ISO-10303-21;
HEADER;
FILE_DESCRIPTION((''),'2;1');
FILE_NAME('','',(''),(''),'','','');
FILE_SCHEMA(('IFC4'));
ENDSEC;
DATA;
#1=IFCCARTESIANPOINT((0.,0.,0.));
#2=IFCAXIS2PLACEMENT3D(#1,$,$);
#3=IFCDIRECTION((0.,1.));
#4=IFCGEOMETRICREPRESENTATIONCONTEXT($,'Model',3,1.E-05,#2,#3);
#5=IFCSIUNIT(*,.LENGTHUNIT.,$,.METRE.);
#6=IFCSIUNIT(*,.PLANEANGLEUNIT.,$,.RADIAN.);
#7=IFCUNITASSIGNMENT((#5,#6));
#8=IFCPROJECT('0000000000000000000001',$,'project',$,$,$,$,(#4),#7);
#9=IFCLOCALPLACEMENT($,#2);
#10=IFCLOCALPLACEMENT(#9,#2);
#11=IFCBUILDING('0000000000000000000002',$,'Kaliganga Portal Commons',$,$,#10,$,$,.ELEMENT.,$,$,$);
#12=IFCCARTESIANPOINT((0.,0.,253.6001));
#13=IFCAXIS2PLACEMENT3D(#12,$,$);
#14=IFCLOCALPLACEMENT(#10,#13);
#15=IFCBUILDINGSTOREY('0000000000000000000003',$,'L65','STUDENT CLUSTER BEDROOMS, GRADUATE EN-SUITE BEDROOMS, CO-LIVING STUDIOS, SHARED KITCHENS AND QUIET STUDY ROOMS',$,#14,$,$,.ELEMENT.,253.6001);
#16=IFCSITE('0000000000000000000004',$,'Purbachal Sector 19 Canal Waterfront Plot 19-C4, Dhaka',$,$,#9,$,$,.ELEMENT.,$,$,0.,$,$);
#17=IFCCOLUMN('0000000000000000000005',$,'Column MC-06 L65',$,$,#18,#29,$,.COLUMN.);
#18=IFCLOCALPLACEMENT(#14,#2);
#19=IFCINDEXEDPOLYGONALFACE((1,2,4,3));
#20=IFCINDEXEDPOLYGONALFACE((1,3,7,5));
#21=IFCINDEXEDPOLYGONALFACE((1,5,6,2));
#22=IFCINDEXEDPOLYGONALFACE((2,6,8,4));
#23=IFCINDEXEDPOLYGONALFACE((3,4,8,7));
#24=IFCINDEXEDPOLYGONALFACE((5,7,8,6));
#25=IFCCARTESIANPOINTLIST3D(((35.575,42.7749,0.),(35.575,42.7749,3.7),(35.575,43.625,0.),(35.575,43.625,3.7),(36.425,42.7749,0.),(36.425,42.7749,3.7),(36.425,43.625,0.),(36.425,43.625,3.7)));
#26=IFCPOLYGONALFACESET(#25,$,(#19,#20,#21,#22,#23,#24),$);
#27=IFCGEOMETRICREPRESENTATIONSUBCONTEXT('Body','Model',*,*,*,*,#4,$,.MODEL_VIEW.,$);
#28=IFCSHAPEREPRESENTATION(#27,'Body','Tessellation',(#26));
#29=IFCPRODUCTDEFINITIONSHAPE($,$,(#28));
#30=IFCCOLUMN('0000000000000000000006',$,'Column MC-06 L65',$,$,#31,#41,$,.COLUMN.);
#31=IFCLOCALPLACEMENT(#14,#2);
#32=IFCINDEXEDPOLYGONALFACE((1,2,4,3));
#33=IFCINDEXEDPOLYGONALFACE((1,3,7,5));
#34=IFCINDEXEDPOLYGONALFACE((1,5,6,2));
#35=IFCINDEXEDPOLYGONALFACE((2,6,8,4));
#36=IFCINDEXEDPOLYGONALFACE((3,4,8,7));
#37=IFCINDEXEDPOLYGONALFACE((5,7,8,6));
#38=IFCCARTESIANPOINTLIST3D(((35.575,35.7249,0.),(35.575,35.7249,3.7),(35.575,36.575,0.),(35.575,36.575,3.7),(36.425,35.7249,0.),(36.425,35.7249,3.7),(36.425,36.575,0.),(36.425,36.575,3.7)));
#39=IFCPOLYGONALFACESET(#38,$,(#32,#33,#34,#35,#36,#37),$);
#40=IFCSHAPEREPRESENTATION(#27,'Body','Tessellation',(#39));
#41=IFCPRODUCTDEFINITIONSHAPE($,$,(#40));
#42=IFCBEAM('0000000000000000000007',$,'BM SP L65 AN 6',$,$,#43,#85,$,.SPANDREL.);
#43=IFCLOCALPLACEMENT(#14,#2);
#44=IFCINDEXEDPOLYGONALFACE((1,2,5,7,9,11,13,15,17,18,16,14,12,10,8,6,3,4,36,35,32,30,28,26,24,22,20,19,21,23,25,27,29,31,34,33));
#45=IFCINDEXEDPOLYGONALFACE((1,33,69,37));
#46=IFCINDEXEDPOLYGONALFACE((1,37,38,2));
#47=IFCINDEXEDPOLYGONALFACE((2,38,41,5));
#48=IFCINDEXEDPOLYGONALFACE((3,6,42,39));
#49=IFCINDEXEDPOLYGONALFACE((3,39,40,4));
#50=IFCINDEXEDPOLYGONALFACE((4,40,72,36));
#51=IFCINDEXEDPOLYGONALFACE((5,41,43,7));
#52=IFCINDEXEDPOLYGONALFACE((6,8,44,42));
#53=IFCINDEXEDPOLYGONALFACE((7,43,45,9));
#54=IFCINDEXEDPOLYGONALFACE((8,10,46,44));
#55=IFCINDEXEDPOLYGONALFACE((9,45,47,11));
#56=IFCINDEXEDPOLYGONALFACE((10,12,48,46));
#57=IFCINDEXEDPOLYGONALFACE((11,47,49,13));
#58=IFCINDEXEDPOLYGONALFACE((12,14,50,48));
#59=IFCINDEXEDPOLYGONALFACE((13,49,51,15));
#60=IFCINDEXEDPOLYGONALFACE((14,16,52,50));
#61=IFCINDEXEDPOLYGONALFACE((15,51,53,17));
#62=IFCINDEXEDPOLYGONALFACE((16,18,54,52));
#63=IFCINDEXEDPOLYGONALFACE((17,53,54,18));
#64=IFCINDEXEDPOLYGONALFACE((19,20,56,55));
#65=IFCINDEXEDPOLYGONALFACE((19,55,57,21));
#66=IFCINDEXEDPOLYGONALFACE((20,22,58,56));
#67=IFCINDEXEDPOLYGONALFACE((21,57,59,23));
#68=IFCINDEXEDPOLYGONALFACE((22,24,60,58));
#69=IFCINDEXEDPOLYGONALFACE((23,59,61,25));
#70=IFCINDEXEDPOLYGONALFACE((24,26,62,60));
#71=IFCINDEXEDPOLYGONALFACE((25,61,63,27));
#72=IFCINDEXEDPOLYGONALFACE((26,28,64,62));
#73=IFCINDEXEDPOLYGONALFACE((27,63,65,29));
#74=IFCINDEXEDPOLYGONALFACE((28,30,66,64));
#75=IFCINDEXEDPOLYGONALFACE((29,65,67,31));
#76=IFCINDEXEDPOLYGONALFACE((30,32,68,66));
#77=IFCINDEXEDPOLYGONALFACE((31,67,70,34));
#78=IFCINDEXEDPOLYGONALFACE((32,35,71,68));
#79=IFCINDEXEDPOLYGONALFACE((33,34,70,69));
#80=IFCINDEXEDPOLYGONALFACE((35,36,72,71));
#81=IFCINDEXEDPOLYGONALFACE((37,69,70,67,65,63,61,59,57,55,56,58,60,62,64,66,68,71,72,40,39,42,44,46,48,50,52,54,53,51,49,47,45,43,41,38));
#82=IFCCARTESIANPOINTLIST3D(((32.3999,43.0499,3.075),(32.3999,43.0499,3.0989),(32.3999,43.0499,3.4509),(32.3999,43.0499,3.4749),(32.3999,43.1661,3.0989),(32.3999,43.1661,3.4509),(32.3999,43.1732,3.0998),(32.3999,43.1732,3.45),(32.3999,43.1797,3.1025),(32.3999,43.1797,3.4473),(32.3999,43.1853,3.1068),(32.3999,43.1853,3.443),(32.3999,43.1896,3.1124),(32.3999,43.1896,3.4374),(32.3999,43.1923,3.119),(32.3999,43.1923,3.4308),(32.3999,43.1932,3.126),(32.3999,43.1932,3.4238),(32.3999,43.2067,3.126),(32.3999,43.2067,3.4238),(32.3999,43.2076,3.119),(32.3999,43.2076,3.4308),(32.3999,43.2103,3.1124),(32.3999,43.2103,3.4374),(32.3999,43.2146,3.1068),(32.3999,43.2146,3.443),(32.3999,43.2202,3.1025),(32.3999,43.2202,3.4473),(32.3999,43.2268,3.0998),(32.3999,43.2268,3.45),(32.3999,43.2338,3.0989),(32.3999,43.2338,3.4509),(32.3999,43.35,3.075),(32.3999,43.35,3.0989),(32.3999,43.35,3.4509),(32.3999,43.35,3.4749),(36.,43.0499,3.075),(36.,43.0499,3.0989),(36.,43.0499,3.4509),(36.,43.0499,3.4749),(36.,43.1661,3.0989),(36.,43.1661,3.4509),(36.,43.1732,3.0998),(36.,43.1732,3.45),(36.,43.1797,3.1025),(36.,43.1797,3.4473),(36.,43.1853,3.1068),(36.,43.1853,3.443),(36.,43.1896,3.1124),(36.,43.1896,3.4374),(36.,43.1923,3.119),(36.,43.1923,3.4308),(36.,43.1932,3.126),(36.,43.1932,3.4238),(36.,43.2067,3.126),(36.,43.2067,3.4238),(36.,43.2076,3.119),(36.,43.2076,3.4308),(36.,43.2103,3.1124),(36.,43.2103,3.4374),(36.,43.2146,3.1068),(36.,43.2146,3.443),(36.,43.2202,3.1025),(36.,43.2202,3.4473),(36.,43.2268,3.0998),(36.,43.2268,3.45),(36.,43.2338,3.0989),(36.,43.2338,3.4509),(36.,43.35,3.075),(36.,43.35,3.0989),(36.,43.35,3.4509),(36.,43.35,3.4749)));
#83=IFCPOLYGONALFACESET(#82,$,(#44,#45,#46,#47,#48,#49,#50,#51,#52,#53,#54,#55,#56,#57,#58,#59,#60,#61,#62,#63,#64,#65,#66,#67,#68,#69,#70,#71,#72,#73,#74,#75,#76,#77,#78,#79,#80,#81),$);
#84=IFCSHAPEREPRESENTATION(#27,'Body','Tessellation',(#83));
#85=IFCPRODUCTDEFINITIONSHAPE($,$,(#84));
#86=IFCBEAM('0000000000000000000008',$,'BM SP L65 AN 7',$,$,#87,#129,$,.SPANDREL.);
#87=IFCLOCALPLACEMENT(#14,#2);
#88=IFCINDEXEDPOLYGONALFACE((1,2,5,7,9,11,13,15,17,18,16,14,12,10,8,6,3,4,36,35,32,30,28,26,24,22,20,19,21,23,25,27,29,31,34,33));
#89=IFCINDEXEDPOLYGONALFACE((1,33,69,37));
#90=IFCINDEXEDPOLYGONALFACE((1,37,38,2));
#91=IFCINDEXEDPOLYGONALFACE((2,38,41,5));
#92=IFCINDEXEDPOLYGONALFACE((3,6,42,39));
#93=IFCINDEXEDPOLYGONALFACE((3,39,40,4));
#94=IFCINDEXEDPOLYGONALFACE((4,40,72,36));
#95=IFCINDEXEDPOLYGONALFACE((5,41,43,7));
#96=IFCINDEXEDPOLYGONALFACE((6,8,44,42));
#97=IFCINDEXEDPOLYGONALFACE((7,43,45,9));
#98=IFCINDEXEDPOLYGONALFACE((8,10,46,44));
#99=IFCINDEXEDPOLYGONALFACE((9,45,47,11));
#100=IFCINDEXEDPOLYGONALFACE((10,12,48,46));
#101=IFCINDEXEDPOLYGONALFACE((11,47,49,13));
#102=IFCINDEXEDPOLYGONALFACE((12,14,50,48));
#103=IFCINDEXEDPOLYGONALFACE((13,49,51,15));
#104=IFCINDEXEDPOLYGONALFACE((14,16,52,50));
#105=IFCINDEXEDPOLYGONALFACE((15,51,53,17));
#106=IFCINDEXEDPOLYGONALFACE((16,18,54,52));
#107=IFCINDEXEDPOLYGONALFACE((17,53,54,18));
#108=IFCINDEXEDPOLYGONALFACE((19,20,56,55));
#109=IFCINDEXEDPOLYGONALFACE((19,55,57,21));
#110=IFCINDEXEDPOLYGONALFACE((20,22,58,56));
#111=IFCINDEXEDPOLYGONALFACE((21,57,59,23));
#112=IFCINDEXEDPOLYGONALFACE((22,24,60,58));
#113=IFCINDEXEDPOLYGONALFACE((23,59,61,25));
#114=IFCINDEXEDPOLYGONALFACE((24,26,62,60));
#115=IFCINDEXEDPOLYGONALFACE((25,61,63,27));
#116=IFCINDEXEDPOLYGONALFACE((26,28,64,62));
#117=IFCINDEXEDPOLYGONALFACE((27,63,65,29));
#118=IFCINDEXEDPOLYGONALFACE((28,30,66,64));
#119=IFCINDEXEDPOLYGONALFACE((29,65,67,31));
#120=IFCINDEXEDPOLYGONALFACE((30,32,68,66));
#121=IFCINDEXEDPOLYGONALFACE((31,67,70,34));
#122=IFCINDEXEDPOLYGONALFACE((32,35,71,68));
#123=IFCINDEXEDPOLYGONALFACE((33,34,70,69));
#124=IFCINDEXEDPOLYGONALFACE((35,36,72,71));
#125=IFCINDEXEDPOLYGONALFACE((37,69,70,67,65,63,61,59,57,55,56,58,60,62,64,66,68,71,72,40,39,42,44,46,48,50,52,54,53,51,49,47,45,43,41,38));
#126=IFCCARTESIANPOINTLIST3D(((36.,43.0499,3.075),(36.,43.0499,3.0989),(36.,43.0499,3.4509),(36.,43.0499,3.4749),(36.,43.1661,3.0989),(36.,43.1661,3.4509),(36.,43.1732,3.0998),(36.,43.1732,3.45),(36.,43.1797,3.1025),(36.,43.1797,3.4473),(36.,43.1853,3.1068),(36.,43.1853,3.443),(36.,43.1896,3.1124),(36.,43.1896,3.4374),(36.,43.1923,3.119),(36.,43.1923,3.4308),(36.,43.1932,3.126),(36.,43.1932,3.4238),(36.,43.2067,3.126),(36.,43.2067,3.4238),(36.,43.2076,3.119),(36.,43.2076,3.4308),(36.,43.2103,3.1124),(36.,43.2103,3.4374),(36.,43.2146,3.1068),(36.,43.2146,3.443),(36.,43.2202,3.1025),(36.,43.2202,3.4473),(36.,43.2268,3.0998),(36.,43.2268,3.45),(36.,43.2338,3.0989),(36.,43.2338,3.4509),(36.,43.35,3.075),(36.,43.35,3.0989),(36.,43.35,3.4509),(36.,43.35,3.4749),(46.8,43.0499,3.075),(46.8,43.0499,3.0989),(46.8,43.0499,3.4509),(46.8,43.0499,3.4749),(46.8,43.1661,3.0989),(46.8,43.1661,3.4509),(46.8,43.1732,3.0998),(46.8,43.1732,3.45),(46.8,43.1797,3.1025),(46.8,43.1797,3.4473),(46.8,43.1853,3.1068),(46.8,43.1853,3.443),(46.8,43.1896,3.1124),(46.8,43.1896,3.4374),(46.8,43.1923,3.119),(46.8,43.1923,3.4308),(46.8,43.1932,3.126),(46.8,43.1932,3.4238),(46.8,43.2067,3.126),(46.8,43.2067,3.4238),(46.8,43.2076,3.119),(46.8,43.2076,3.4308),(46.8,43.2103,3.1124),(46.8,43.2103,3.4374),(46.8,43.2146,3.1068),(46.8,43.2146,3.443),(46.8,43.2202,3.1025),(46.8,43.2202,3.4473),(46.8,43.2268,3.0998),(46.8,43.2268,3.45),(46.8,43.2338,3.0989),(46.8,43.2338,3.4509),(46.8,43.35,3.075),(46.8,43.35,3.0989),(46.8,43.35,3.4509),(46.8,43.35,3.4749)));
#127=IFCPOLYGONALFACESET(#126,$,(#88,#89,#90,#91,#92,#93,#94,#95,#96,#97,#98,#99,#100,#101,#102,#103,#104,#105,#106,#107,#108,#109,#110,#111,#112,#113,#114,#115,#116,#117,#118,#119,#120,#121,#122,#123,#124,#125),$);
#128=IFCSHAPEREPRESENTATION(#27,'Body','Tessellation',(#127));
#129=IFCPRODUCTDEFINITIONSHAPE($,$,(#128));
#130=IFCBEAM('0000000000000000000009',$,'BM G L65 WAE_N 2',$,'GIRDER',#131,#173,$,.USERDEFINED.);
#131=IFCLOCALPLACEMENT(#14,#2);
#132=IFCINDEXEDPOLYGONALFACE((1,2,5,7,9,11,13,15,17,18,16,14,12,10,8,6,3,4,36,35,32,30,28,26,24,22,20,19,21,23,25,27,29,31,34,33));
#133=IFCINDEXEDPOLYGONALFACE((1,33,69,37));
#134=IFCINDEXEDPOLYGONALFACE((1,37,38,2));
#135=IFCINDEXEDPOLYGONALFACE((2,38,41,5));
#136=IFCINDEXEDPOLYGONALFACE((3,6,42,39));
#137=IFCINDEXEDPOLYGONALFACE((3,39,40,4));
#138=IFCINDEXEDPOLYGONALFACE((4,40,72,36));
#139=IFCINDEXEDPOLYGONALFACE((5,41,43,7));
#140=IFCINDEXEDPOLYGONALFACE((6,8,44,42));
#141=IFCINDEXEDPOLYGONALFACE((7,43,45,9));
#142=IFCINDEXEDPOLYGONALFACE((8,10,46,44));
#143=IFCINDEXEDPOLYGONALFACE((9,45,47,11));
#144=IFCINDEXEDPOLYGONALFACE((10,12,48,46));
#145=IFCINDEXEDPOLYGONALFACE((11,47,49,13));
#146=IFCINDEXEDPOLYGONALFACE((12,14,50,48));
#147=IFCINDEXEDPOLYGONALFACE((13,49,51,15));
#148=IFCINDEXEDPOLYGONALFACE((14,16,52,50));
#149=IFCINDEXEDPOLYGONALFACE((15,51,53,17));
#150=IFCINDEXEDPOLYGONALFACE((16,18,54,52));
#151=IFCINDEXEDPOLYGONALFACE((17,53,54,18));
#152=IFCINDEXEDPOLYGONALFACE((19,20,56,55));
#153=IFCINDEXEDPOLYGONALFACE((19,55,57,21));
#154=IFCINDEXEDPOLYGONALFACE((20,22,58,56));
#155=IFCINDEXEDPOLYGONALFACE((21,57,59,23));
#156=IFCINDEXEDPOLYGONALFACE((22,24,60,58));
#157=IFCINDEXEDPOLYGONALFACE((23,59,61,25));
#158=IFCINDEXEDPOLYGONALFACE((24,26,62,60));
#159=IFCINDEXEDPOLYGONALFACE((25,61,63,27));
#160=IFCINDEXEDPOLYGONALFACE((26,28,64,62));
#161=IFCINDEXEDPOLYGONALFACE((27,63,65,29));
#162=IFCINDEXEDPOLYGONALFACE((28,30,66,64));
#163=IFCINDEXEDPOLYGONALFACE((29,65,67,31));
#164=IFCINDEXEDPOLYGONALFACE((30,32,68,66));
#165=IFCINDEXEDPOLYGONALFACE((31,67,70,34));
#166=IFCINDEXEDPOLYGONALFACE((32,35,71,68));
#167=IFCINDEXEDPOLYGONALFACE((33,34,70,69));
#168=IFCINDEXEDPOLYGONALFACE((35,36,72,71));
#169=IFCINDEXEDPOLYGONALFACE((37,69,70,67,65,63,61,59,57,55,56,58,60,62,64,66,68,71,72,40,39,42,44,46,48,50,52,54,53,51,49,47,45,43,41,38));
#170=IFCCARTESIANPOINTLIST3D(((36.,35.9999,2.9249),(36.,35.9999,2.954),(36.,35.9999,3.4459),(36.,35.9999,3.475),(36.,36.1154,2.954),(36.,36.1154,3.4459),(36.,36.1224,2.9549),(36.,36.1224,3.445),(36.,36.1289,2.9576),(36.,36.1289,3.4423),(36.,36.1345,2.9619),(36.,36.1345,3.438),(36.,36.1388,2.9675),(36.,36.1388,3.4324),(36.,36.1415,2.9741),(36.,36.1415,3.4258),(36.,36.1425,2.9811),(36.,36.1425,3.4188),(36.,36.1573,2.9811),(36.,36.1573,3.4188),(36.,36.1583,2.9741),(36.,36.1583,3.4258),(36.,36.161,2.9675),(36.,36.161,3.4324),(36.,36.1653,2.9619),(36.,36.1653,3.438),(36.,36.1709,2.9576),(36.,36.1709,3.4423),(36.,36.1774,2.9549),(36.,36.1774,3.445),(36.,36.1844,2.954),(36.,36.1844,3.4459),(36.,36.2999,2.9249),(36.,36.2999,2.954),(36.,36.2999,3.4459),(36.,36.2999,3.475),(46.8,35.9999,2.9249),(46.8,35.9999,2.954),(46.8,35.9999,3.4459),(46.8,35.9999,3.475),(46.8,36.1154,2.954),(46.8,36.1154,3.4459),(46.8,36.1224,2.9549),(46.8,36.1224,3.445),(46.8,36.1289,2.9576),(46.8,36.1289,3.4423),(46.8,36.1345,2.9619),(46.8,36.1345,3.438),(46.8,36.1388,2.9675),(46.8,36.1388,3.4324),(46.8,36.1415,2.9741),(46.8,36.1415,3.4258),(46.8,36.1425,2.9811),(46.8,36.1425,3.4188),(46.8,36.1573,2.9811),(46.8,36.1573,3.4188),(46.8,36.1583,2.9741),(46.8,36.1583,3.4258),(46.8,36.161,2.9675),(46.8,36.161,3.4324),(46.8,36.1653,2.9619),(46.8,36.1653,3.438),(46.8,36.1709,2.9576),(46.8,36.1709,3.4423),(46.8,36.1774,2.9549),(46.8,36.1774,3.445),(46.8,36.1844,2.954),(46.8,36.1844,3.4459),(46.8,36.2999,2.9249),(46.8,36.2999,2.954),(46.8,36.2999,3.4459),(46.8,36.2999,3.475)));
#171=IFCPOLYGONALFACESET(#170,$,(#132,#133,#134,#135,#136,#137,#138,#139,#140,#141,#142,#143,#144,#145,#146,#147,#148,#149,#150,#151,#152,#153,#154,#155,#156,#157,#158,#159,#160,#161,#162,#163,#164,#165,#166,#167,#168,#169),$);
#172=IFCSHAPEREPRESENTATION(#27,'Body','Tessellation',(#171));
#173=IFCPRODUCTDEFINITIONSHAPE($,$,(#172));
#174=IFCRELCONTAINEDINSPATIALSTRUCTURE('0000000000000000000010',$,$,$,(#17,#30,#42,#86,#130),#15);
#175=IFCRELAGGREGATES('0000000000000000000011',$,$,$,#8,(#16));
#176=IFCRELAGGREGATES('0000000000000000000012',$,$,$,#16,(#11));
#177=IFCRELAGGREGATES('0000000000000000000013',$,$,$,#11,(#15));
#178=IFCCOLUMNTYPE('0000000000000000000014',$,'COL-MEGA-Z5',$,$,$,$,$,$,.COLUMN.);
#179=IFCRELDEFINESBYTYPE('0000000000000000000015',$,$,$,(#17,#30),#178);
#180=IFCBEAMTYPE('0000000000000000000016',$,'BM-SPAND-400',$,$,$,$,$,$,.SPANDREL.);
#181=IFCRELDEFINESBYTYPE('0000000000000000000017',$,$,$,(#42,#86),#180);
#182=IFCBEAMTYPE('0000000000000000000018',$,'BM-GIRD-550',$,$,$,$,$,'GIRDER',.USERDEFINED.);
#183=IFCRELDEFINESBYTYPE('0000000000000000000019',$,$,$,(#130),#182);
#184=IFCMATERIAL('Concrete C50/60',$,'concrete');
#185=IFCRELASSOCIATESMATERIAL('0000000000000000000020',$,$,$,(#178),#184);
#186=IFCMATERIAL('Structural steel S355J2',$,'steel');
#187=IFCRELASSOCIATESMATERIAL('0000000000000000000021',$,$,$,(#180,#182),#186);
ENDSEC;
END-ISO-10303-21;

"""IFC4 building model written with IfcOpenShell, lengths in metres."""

from ifc_helpers import new_model, si_unit, direction, frame, origin, origin_2d, place, context, subcontext, project, spatial, rectangle, i_section, extrude, source, transform, mapped, material, material_profile, profile_set, type_object, element, save


model = new_model("IFC4")

# Units and contexts
model_context = context("Model", 3, precision=1e-05, world=origin(), true_north=direction((0.0, 1.0)))
body_context = subcontext(model_context, "Body", "Model", "MODEL_VIEW")
ifc_project = project(units=[si_unit("LENGTHUNIT", "METRE"), si_unit("PLANEANGLEUNIT", "RADIAN")], contexts=[model_context])

# Site, building, storey
site_placement = place(None, origin())
site = spatial("IfcSite", under=ifc_project, at=site_placement, Name="Purbachal Sector 19 Canal Waterfront Plot 19-C4, Dhaka", CompositionType="ELEMENT", RefElevation=0.0)
building_placement = place(site_placement, origin())
building = spatial("IfcBuilding", under=site, at=building_placement, Name="Kaliganga Portal Commons", CompositionType="ELEMENT")
storey_placement = place(building_placement, frame((0.0, 0.0, 253.6001)))
storey = spatial("IfcBuildingStorey", under=building, at=storey_placement, Name="L65", Description="STUDENT CLUSTER BEDROOMS, GRADUATE EN-SUITE BEDROOMS, CO-LIVING STUDIOS, SHARED KITCHENS AND QUIET STUDY ROOMS", CompositionType="ELEMENT", Elevation=253.6001)

# Columns
ifc_material_1 = material(Name="Concrete C50/60", Category="concrete")
ifc_material_profile_1 = material_profile(ifc_material_1, rectangle(XDim=0.8501, YDim=0.8501, at=origin_2d()), Name="RC 850x850")
ifc_profile_set_1 = profile_set([ifc_material_profile_1], Name="Concrete C50/60")
column_type = type_object("IfcColumnType", Name="COL-MEGA-Z5", PredefinedType="COLUMN", material=ifc_profile_set_1)
shared_shape_1 = source(origin(), body_context, "Body", "SweptSolid", [
    extrude(rectangle(XDim=0.8501, YDim=0.8501, at=origin_2d()), origin(), (0.0, 0.0, 1.0), 3.7),
])
for number, where, z_axis, x_axis, name in (
    (1, (36.0, 43.2, 0.0), (0.0, 0.0, 1.0), (1.0, 0.0, 0.0), "Column MC-06 L65"),
    (2, (36.0, 36.1499, 0.0), (0.0, 0.0, 1.0), (1.0, 0.0, 0.0), "Column MC-06 L65"),
):
    element("IfcColumn", number, at=place(storey_placement, frame(where, z_axis=z_axis, x_axis=x_axis)), inside=storey, type_object=column_type, Name=name, PredefinedType="COLUMN", context=body_context, shape_type="MappedRepresentation", body=[
        mapped(shared_shape_1, transform((0.0, 0.0, 0.0), x_axis=(1.0, 0.0, 0.0), y_axis=(0.0, 1.0, 0.0), z_axis=(0.0, 0.0, 1.0), scale=1.0)),
    ])

# Beams
ifc_material_2 = material(Name="Structural steel S355J2", Category="steel")
ifc_material_profile_2 = material_profile(ifc_material_2, i_section(OverallWidth=0.3, OverallDepth=0.3999, WebThickness=0.0134, FlangeThickness=0.0239, FilletRadius=0.0271, at=origin_2d()), Name="HE 400 B")
ifc_profile_set_2 = profile_set([ifc_material_profile_2], Name="Structural steel S355J2 wide-flange")
beam_type_1 = type_object("IfcBeamType", Name="BM-SPAND-400", PredefinedType="SPANDREL", material=ifc_profile_set_2)
shared_shape_2 = source(origin(), body_context, "Body", "SweptSolid", [
    extrude(i_section(OverallWidth=0.3, OverallDepth=0.3999, WebThickness=0.0134, FlangeThickness=0.0239, FilletRadius=0.0271, at=origin_2d()), origin(), (0.0, 0.0, 1.0), 3.6001),
])
beam_1_placement = place(storey_placement, frame((32.3999, 43.2, 3.2749), z_axis=(1.0, 0.0, 0.0), x_axis=(0.0, 1.0, 0.0)))
element("IfcBeam", 3, at=beam_1_placement, inside=storey, type_object=beam_type_1, Name="BM SP L65 AN 6", PredefinedType="SPANDREL", context=body_context, shape_type="MappedRepresentation", body=[
    mapped(shared_shape_2, transform((0.0, 0.0, 0.0), x_axis=(1.0, 0.0, 0.0), y_axis=(0.0, 1.0, 0.0), z_axis=(0.0, 0.0, 1.0), scale=1.0)),
])
shared_shape_3 = source(origin(), body_context, "Body", "SweptSolid", [
    extrude(i_section(OverallWidth=0.3, OverallDepth=0.3999, WebThickness=0.0134, FlangeThickness=0.0239, FilletRadius=0.0271, at=origin_2d()), origin(), (0.0, 0.0, 1.0), 10.8),
])
beam_2_placement = place(storey_placement, frame((36.0, 43.2, 3.2749), z_axis=(1.0, 0.0, 0.0), x_axis=(0.0, 1.0, 0.0)))
element("IfcBeam", 4, at=beam_2_placement, inside=storey, type_object=beam_type_1, Name="BM SP L65 AN 7", PredefinedType="SPANDREL", context=body_context, shape_type="MappedRepresentation", body=[
    mapped(shared_shape_3, transform((0.0, 0.0, 0.0), x_axis=(1.0, 0.0, 0.0), y_axis=(0.0, 1.0, 0.0), z_axis=(0.0, 0.0, 1.0), scale=1.0)),
])
ifc_material_profile_3 = material_profile(ifc_material_2, i_section(OverallWidth=0.3, OverallDepth=0.55, WebThickness=0.0149, FlangeThickness=0.0291, FilletRadius=0.0271, at=origin_2d()), Name="HE 550 B")
ifc_profile_set_3 = profile_set([ifc_material_profile_3], Name="Structural steel S355J2 wide-flange")
beam_type_2 = type_object("IfcBeamType", Name="BM-GIRD-550", ElementType="GIRDER", PredefinedType="USERDEFINED", material=ifc_profile_set_3)
shared_shape_4 = source(origin(), body_context, "Body", "SweptSolid", [
    extrude(i_section(OverallWidth=0.3, OverallDepth=0.55, WebThickness=0.0149, FlangeThickness=0.0291, FilletRadius=0.0271, at=origin_2d()), origin(), (0.0, 0.0, 1.0), 10.8),
])
beam_3_placement = place(storey_placement, frame((36.0, 36.1499, 3.2), z_axis=(1.0, 0.0, 0.0), x_axis=(0.0, 1.0, 0.0)))
element("IfcBeam", 5, at=beam_3_placement, inside=storey, type_object=beam_type_2, Name="BM G L65 WAE_N 2", ObjectType="GIRDER", PredefinedType="USERDEFINED", context=body_context, shape_type="MappedRepresentation", body=[
    mapped(shared_shape_4, transform((0.0, 0.0, 0.0), x_axis=(1.0, 0.0, 0.0), y_axis=(0.0, 1.0, 0.0), z_axis=(0.0, 0.0, 1.0), scale=1.0)),
])

save(model, "model.ifc")
